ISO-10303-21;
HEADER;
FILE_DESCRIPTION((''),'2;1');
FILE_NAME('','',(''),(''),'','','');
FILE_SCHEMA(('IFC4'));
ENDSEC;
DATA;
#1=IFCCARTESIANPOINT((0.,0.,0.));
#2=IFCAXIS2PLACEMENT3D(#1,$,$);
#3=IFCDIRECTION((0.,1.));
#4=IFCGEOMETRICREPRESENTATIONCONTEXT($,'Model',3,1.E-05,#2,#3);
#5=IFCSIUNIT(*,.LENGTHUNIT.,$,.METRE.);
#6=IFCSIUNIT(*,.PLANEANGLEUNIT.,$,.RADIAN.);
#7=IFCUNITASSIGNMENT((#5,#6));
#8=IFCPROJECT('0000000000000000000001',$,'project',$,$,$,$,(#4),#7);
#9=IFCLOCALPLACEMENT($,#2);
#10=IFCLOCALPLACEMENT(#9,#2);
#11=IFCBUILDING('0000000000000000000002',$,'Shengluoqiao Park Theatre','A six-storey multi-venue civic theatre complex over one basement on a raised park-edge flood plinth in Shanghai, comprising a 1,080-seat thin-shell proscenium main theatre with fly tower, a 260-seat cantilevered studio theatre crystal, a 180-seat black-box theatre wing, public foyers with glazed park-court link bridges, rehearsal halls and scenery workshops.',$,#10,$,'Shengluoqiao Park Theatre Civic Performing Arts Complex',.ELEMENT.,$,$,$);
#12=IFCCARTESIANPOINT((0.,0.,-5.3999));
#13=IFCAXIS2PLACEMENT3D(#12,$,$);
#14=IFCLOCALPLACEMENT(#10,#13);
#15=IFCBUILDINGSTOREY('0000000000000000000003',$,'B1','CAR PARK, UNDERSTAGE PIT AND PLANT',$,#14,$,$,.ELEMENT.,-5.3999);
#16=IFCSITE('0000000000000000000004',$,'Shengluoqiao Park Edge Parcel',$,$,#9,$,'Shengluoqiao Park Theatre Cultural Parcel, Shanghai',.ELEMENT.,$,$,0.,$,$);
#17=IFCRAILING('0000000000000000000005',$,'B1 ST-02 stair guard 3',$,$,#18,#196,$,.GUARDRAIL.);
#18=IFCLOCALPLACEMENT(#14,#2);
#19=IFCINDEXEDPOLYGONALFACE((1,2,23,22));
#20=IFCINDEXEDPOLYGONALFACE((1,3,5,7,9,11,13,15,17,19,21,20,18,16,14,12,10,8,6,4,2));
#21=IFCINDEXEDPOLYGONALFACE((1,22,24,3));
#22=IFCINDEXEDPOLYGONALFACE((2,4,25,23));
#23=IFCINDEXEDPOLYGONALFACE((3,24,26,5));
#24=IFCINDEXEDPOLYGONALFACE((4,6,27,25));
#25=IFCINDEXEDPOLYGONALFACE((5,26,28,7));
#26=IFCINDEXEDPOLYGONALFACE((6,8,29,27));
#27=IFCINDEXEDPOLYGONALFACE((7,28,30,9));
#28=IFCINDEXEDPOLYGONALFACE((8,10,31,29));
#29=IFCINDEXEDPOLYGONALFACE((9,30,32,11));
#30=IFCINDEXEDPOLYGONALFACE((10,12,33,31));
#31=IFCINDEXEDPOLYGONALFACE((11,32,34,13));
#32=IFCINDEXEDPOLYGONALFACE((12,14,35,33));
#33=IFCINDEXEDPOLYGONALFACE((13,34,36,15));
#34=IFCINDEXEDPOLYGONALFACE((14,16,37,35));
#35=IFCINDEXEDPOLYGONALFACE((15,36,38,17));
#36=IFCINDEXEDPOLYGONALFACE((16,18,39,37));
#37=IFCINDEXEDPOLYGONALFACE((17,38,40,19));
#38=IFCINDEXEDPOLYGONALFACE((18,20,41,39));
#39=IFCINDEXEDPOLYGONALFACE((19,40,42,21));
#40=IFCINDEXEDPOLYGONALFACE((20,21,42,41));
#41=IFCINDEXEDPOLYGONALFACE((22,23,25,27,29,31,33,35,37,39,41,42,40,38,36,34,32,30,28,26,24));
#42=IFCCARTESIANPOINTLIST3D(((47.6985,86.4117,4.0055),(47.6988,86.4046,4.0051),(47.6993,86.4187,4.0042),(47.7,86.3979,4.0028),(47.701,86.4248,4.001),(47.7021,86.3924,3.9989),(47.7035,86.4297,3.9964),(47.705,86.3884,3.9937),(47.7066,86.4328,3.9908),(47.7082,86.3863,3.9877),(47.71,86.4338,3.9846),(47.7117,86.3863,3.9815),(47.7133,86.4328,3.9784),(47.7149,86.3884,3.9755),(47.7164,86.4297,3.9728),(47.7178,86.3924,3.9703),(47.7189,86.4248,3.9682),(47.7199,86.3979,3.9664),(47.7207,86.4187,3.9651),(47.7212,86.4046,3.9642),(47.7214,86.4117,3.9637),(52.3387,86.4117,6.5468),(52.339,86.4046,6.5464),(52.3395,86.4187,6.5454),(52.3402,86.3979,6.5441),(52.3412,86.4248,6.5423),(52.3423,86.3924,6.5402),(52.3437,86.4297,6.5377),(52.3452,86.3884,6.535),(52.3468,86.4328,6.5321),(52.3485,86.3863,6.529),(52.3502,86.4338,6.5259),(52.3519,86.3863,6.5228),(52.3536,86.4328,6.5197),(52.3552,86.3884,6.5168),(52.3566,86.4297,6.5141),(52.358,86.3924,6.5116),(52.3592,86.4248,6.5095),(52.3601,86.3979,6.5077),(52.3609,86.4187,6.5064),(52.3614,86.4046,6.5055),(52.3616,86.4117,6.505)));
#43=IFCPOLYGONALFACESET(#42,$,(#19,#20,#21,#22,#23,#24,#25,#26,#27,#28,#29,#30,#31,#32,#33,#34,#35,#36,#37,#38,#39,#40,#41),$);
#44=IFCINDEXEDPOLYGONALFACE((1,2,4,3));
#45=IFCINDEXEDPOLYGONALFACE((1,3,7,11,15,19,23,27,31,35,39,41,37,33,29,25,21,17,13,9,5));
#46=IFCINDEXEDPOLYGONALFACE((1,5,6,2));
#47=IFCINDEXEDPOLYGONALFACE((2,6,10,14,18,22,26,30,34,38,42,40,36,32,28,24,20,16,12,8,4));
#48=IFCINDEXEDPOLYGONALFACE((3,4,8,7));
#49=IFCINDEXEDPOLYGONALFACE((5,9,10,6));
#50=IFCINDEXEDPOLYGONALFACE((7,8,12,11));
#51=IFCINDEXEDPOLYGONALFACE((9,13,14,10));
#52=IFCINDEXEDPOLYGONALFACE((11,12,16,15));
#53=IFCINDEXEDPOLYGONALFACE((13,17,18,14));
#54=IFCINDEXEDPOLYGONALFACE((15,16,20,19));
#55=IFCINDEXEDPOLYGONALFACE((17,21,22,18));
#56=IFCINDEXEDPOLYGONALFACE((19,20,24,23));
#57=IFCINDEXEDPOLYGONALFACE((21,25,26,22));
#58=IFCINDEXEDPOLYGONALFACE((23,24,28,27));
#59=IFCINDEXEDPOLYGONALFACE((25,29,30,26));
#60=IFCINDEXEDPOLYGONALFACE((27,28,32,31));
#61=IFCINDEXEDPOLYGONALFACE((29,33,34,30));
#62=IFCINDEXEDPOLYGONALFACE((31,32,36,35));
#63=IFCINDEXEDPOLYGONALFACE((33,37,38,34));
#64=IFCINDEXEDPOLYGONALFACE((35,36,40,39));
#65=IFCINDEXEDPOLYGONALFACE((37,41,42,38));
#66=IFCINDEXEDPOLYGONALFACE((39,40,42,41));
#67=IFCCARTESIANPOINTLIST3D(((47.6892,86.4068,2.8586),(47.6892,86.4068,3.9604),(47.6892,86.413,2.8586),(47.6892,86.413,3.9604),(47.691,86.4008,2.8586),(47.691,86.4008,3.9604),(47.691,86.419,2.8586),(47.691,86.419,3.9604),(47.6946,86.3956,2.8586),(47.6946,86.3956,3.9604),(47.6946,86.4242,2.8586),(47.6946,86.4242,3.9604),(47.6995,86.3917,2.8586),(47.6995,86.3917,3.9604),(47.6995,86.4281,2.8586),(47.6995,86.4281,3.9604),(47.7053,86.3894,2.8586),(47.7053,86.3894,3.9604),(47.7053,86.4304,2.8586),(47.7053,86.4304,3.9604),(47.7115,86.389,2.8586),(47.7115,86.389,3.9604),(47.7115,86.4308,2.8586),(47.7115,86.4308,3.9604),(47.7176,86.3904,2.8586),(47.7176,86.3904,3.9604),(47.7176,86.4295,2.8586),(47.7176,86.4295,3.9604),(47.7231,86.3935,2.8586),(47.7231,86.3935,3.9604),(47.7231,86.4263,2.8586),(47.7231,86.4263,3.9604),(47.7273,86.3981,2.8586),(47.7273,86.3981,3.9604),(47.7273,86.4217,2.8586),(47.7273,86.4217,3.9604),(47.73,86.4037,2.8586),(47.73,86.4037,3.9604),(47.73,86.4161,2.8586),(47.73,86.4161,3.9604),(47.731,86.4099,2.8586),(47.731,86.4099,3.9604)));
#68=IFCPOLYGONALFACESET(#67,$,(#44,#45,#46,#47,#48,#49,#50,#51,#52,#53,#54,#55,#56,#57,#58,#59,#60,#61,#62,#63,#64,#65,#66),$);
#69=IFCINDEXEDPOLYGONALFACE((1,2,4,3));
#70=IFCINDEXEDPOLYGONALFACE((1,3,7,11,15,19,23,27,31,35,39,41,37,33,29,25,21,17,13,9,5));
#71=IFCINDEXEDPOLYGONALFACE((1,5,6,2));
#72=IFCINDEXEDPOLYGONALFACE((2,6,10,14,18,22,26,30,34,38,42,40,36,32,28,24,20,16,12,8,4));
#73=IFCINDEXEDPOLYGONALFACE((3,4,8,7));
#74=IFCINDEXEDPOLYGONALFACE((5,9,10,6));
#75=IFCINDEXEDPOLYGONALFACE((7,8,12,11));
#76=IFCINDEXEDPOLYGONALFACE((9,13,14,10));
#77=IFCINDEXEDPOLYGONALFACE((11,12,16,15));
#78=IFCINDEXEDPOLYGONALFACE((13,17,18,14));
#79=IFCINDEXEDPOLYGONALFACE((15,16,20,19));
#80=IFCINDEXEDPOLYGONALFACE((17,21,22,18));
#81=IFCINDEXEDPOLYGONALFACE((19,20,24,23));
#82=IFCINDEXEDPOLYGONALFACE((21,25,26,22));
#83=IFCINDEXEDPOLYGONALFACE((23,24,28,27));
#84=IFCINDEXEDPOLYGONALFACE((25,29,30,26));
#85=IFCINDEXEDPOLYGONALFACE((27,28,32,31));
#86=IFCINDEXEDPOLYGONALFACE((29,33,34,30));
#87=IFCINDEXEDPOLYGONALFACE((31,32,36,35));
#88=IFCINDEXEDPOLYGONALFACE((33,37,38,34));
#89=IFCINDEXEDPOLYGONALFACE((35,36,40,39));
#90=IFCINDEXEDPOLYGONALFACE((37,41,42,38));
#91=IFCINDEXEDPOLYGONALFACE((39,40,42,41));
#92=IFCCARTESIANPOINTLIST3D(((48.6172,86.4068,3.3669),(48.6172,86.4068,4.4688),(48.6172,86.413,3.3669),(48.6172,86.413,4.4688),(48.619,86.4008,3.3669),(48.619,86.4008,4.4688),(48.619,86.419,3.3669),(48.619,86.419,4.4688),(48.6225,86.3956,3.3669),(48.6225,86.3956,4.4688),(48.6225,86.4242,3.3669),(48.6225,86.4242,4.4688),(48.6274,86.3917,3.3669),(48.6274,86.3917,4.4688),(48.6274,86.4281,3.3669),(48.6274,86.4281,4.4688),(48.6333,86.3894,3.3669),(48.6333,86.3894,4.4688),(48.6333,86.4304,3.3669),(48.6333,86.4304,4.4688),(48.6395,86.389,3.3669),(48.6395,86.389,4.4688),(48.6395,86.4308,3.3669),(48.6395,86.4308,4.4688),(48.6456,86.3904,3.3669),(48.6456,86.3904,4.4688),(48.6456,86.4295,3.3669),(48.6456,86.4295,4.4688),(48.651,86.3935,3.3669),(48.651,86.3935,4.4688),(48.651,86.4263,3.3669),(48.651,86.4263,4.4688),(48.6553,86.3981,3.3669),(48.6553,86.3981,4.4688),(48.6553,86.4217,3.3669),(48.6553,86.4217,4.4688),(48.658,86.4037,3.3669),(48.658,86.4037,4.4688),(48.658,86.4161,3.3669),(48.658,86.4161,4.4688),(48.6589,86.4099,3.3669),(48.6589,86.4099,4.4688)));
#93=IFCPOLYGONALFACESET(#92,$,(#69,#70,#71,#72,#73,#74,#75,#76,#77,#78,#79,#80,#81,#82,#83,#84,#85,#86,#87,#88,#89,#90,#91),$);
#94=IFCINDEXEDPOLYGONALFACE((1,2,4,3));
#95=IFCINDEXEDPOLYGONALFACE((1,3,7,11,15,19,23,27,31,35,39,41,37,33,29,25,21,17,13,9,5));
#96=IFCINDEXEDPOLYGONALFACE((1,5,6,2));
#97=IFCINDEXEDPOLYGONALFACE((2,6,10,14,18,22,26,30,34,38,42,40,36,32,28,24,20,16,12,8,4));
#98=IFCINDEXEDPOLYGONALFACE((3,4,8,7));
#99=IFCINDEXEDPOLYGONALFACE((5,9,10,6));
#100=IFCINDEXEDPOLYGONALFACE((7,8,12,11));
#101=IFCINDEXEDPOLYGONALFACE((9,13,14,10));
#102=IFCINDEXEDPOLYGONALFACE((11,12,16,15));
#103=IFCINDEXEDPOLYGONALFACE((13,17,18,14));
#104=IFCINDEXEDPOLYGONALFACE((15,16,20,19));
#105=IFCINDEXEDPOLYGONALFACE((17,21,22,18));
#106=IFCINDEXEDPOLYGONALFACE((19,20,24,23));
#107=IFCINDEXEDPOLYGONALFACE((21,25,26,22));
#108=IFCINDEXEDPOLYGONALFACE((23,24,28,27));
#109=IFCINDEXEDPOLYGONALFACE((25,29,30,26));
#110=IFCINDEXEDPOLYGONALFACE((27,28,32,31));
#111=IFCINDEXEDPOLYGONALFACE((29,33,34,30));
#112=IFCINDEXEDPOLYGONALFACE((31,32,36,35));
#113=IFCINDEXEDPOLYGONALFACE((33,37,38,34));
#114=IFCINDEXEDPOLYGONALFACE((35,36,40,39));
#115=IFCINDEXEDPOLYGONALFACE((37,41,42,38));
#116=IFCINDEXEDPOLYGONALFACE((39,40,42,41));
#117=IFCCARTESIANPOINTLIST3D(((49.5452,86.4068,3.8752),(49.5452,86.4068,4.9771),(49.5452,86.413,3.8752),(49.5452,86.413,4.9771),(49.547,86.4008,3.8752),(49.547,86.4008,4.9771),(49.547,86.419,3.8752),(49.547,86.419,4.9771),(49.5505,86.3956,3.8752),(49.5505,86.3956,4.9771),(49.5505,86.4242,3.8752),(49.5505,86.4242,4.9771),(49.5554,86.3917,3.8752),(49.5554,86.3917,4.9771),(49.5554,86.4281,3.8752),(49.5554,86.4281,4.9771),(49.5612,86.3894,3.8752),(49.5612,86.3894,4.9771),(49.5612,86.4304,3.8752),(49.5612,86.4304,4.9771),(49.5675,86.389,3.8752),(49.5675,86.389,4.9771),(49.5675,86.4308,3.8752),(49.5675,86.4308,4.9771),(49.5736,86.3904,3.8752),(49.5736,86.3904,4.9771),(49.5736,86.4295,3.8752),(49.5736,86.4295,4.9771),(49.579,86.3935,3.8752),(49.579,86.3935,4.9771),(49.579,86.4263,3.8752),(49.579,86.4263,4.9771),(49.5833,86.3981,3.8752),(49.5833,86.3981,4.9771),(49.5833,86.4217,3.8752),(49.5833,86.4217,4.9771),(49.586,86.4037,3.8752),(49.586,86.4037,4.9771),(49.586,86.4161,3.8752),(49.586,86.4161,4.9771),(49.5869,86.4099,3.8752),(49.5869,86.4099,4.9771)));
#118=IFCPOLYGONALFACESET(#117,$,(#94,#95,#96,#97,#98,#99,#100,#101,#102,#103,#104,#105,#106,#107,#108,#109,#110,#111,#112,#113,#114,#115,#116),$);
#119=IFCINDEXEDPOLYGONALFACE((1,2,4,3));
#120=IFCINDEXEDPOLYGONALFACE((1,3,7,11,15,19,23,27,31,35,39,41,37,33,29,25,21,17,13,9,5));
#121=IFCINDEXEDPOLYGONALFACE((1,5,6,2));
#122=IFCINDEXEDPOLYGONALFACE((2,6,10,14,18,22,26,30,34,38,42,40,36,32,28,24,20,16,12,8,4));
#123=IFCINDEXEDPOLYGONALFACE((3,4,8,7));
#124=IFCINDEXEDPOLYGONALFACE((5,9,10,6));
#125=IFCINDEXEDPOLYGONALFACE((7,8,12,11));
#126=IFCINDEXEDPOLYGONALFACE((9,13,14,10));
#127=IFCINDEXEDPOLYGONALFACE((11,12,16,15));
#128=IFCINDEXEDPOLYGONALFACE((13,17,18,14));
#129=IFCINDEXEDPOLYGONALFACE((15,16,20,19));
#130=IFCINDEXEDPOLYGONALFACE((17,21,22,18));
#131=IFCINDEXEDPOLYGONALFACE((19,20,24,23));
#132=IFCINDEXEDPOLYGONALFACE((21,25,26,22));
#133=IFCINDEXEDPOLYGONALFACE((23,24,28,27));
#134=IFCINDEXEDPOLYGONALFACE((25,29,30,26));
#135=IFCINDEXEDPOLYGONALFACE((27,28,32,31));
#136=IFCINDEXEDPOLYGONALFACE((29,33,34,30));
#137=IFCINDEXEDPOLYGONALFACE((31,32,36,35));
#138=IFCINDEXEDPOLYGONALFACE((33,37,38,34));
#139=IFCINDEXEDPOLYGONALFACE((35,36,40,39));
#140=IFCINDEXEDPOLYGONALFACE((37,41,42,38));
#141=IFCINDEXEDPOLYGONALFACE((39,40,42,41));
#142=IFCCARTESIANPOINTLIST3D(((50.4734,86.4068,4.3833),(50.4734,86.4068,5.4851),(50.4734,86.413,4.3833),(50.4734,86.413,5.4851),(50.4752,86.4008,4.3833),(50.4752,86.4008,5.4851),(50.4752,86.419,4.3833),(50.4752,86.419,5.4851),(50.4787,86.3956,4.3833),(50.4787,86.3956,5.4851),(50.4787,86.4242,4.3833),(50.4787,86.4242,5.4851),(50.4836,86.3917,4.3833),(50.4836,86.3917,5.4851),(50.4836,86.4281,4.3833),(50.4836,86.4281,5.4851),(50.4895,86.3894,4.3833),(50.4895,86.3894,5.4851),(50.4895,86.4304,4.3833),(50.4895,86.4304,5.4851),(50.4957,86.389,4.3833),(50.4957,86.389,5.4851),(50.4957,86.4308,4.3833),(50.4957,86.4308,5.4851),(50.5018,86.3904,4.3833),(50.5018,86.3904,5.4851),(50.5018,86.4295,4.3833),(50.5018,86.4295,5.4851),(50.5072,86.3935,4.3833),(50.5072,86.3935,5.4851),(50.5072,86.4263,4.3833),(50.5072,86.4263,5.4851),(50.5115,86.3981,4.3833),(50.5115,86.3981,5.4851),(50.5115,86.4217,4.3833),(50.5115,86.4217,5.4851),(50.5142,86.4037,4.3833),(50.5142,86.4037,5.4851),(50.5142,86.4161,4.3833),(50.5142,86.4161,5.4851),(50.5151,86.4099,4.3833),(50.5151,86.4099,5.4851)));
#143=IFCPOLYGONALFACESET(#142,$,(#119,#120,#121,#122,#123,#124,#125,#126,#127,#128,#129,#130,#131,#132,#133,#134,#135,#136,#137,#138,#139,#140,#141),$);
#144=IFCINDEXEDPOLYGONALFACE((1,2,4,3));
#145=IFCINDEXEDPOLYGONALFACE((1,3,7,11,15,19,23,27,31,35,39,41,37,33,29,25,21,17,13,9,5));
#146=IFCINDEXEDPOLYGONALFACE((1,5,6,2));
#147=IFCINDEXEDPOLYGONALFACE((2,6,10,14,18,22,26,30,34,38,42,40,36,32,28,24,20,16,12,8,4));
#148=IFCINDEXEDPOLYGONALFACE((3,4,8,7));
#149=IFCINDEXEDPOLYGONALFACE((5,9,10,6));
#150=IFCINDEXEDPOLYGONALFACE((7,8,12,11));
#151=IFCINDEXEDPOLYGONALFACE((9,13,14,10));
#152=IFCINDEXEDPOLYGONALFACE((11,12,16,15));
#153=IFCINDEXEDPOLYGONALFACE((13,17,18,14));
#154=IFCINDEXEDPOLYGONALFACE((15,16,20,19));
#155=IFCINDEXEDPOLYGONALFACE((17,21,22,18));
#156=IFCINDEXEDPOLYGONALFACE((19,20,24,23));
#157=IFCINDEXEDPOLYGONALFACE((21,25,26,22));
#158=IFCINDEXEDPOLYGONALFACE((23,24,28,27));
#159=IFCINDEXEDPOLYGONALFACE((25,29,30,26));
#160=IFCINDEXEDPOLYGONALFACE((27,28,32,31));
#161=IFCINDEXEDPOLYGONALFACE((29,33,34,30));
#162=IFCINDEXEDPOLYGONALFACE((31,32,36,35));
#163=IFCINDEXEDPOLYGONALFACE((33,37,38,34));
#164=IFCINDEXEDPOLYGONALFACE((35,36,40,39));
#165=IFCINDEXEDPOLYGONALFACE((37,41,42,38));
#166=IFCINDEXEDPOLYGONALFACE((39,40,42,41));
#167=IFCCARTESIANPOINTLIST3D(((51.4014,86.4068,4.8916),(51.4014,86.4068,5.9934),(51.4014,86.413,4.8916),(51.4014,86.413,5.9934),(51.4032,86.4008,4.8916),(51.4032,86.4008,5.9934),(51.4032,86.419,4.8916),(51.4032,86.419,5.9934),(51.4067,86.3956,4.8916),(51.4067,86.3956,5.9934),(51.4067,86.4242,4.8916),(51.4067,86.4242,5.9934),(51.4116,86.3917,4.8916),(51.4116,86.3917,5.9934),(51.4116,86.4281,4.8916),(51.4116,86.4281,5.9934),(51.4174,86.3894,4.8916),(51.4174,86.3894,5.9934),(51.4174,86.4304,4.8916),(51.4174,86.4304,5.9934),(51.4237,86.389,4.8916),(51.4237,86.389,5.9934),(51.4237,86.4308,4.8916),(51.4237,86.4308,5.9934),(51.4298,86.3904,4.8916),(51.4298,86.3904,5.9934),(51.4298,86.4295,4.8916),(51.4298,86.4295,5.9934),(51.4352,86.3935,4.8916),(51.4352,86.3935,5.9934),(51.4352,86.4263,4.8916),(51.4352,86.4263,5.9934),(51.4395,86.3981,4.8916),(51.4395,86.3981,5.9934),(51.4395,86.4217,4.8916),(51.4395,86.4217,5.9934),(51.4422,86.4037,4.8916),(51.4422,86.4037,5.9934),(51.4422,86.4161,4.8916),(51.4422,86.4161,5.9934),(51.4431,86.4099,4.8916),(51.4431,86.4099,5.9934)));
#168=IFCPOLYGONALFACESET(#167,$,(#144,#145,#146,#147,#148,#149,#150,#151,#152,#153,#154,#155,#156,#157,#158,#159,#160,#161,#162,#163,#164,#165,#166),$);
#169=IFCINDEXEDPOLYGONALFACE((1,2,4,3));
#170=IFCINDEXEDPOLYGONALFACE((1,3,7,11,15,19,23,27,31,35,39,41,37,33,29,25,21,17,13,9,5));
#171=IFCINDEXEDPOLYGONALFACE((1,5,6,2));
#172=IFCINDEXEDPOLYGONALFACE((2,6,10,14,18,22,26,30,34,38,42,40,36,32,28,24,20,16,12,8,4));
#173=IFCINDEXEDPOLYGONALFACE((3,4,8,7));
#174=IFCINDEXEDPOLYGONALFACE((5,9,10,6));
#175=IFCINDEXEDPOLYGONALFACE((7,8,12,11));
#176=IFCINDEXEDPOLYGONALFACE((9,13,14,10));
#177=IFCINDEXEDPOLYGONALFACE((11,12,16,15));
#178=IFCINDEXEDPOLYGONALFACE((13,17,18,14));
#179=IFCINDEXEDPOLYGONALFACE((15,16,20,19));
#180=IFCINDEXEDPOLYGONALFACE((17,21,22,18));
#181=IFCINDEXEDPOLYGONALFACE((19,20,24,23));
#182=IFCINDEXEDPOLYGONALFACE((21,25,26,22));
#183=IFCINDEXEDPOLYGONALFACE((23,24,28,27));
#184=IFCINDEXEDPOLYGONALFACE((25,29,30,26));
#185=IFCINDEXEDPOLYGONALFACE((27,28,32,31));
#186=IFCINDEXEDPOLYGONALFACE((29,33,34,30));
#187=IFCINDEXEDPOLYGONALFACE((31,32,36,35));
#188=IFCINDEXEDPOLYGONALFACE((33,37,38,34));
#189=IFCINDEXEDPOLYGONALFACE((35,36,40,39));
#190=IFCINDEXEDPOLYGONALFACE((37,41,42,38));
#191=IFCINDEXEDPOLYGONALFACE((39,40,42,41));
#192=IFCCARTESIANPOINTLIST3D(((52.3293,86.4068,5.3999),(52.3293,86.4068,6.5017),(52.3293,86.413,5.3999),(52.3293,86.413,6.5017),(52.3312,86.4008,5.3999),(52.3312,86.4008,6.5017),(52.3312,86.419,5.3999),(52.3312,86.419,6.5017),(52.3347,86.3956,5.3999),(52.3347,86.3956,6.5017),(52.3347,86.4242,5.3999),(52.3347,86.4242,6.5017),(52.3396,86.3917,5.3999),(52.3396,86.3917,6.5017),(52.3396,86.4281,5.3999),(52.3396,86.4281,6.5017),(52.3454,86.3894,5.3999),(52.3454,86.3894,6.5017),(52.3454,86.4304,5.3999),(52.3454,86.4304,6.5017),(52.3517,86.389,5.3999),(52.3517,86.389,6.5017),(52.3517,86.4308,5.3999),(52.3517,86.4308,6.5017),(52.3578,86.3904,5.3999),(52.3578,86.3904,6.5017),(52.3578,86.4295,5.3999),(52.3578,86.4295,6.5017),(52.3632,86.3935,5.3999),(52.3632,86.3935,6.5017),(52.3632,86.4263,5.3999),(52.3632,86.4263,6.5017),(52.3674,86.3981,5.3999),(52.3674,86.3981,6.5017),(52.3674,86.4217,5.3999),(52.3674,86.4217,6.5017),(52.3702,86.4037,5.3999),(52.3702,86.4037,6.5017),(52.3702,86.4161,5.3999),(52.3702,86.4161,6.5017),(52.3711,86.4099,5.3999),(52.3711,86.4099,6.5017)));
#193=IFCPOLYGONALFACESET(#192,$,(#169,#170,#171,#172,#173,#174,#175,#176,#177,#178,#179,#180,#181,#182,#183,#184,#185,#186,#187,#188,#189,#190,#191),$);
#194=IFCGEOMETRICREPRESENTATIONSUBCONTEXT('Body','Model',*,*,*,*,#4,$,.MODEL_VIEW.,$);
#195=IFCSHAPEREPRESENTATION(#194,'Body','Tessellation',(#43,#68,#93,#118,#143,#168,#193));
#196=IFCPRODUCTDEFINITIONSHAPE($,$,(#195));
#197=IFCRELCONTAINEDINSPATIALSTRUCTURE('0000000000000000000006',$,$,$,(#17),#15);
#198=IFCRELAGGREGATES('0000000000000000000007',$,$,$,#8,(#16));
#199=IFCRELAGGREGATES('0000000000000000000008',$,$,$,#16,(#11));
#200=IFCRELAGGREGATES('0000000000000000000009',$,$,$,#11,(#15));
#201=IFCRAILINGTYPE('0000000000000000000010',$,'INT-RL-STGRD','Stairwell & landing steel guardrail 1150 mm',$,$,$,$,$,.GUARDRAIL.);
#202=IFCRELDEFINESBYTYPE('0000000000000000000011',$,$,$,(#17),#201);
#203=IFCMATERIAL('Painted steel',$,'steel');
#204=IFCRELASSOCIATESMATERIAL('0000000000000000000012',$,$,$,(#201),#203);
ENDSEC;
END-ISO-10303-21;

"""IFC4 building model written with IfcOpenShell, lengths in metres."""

from ifc_helpers import new_model, si_unit, direction, frame, origin, origin_2d, place, context, subcontext, project, spatial, circle, extrude, material, type_object, element, save


model = new_model("IFC4")

# Units and contexts
model_context = context("Model", 3, precision=1e-05, world=origin(), true_north=direction((0.0, 1.0)))
body_context = subcontext(model_context, "Body", "Model", "MODEL_VIEW")
ifc_project = project(units=[si_unit("LENGTHUNIT", "METRE"), si_unit("PLANEANGLEUNIT", "RADIAN")], contexts=[model_context])

# Site, building, storey
site_placement = place(None, origin())
site = spatial("IfcSite", under=ifc_project, at=site_placement, Name="Shengluoqiao Park Edge Parcel", LongName="Shengluoqiao Park Theatre Cultural Parcel, Shanghai", CompositionType="ELEMENT", RefElevation=0.0)
building_placement = place(site_placement, origin())
building = spatial("IfcBuilding", under=site, at=building_placement, Name="Shengluoqiao Park Theatre", Description="A six-storey multi-venue civic theatre complex over one basement on a raised park-edge flood plinth in Shanghai, comprising a 1,080-seat thin-shell proscenium main theatre with fly tower, a 260-seat cantilevered studio theatre crystal, a 180-seat black-box theatre wing, public foyers with glazed park-court link bridges, rehearsal halls and scenery workshops.", LongName="Shengluoqiao Park Theatre Civic Performing Arts Complex", CompositionType="ELEMENT")
storey_placement = place(building_placement, frame((0.0, 0.0, -5.3999)))
storey = spatial("IfcBuildingStorey", under=building, at=storey_placement, Name="B1", Description="CAR PARK, UNDERSTAGE PIT AND PLANT", CompositionType="ELEMENT", Elevation=-5.3999)

# Railing
ifc_material_1 = material(Name="Painted steel", Category="steel")
railing_type_1 = type_object("IfcRailingType", Name="INT-RL-STGRD", Description="Stairwell & landing steel guardrail 1150 mm", PredefinedType="GUARDRAIL", material=ifc_material_1)
railing_1_placement = place(storey_placement, frame((47.71, 86.4099, 2.8586)))
element("IfcRailing", 1, at=railing_1_placement, inside=storey, type_object=railing_type_1, Name="B1 ST-02 stair guard 3", PredefinedType="GUARDRAIL", context=body_context, shape_type="SweptSolid", body=[
    extrude(circle(Radius=0.0239, at=origin_2d()), frame((0.0, 0.0, 1.126), z_axis=(0.877078, 0.0, 0.480348), x_axis=(0.0, 1.0, 0.0)), (0.0, 0.0, 1.0), 5.2905),
    extrude(circle(Radius=0.021, at=origin_2d()), origin(), (0.0, 0.0, 1.0), 1.1018),
    extrude(circle(Radius=0.021, at=origin_2d()), frame((0.928, 0.0, 0.5083)), (0.0, 0.0, 1.0), 1.1018),
    extrude(circle(Radius=0.021, at=origin_2d()), frame((1.856, 0.0, 1.0166)), (0.0, 0.0, 1.0), 1.1018),
    extrude(circle(Radius=0.021, at=origin_2d()), frame((2.7842, 0.0, 1.5247)), (0.0, 0.0, 1.0), 1.1018),
    extrude(circle(Radius=0.021, at=origin_2d()), frame((3.7122, 0.0, 2.033)), (0.0, 0.0, 1.0), 1.1018),
    extrude(circle(Radius=0.021, at=origin_2d()), frame((4.6401, 0.0, 2.5413)), (0.0, 0.0, 1.0), 1.1018),
])

save(model, "model.ifc")
